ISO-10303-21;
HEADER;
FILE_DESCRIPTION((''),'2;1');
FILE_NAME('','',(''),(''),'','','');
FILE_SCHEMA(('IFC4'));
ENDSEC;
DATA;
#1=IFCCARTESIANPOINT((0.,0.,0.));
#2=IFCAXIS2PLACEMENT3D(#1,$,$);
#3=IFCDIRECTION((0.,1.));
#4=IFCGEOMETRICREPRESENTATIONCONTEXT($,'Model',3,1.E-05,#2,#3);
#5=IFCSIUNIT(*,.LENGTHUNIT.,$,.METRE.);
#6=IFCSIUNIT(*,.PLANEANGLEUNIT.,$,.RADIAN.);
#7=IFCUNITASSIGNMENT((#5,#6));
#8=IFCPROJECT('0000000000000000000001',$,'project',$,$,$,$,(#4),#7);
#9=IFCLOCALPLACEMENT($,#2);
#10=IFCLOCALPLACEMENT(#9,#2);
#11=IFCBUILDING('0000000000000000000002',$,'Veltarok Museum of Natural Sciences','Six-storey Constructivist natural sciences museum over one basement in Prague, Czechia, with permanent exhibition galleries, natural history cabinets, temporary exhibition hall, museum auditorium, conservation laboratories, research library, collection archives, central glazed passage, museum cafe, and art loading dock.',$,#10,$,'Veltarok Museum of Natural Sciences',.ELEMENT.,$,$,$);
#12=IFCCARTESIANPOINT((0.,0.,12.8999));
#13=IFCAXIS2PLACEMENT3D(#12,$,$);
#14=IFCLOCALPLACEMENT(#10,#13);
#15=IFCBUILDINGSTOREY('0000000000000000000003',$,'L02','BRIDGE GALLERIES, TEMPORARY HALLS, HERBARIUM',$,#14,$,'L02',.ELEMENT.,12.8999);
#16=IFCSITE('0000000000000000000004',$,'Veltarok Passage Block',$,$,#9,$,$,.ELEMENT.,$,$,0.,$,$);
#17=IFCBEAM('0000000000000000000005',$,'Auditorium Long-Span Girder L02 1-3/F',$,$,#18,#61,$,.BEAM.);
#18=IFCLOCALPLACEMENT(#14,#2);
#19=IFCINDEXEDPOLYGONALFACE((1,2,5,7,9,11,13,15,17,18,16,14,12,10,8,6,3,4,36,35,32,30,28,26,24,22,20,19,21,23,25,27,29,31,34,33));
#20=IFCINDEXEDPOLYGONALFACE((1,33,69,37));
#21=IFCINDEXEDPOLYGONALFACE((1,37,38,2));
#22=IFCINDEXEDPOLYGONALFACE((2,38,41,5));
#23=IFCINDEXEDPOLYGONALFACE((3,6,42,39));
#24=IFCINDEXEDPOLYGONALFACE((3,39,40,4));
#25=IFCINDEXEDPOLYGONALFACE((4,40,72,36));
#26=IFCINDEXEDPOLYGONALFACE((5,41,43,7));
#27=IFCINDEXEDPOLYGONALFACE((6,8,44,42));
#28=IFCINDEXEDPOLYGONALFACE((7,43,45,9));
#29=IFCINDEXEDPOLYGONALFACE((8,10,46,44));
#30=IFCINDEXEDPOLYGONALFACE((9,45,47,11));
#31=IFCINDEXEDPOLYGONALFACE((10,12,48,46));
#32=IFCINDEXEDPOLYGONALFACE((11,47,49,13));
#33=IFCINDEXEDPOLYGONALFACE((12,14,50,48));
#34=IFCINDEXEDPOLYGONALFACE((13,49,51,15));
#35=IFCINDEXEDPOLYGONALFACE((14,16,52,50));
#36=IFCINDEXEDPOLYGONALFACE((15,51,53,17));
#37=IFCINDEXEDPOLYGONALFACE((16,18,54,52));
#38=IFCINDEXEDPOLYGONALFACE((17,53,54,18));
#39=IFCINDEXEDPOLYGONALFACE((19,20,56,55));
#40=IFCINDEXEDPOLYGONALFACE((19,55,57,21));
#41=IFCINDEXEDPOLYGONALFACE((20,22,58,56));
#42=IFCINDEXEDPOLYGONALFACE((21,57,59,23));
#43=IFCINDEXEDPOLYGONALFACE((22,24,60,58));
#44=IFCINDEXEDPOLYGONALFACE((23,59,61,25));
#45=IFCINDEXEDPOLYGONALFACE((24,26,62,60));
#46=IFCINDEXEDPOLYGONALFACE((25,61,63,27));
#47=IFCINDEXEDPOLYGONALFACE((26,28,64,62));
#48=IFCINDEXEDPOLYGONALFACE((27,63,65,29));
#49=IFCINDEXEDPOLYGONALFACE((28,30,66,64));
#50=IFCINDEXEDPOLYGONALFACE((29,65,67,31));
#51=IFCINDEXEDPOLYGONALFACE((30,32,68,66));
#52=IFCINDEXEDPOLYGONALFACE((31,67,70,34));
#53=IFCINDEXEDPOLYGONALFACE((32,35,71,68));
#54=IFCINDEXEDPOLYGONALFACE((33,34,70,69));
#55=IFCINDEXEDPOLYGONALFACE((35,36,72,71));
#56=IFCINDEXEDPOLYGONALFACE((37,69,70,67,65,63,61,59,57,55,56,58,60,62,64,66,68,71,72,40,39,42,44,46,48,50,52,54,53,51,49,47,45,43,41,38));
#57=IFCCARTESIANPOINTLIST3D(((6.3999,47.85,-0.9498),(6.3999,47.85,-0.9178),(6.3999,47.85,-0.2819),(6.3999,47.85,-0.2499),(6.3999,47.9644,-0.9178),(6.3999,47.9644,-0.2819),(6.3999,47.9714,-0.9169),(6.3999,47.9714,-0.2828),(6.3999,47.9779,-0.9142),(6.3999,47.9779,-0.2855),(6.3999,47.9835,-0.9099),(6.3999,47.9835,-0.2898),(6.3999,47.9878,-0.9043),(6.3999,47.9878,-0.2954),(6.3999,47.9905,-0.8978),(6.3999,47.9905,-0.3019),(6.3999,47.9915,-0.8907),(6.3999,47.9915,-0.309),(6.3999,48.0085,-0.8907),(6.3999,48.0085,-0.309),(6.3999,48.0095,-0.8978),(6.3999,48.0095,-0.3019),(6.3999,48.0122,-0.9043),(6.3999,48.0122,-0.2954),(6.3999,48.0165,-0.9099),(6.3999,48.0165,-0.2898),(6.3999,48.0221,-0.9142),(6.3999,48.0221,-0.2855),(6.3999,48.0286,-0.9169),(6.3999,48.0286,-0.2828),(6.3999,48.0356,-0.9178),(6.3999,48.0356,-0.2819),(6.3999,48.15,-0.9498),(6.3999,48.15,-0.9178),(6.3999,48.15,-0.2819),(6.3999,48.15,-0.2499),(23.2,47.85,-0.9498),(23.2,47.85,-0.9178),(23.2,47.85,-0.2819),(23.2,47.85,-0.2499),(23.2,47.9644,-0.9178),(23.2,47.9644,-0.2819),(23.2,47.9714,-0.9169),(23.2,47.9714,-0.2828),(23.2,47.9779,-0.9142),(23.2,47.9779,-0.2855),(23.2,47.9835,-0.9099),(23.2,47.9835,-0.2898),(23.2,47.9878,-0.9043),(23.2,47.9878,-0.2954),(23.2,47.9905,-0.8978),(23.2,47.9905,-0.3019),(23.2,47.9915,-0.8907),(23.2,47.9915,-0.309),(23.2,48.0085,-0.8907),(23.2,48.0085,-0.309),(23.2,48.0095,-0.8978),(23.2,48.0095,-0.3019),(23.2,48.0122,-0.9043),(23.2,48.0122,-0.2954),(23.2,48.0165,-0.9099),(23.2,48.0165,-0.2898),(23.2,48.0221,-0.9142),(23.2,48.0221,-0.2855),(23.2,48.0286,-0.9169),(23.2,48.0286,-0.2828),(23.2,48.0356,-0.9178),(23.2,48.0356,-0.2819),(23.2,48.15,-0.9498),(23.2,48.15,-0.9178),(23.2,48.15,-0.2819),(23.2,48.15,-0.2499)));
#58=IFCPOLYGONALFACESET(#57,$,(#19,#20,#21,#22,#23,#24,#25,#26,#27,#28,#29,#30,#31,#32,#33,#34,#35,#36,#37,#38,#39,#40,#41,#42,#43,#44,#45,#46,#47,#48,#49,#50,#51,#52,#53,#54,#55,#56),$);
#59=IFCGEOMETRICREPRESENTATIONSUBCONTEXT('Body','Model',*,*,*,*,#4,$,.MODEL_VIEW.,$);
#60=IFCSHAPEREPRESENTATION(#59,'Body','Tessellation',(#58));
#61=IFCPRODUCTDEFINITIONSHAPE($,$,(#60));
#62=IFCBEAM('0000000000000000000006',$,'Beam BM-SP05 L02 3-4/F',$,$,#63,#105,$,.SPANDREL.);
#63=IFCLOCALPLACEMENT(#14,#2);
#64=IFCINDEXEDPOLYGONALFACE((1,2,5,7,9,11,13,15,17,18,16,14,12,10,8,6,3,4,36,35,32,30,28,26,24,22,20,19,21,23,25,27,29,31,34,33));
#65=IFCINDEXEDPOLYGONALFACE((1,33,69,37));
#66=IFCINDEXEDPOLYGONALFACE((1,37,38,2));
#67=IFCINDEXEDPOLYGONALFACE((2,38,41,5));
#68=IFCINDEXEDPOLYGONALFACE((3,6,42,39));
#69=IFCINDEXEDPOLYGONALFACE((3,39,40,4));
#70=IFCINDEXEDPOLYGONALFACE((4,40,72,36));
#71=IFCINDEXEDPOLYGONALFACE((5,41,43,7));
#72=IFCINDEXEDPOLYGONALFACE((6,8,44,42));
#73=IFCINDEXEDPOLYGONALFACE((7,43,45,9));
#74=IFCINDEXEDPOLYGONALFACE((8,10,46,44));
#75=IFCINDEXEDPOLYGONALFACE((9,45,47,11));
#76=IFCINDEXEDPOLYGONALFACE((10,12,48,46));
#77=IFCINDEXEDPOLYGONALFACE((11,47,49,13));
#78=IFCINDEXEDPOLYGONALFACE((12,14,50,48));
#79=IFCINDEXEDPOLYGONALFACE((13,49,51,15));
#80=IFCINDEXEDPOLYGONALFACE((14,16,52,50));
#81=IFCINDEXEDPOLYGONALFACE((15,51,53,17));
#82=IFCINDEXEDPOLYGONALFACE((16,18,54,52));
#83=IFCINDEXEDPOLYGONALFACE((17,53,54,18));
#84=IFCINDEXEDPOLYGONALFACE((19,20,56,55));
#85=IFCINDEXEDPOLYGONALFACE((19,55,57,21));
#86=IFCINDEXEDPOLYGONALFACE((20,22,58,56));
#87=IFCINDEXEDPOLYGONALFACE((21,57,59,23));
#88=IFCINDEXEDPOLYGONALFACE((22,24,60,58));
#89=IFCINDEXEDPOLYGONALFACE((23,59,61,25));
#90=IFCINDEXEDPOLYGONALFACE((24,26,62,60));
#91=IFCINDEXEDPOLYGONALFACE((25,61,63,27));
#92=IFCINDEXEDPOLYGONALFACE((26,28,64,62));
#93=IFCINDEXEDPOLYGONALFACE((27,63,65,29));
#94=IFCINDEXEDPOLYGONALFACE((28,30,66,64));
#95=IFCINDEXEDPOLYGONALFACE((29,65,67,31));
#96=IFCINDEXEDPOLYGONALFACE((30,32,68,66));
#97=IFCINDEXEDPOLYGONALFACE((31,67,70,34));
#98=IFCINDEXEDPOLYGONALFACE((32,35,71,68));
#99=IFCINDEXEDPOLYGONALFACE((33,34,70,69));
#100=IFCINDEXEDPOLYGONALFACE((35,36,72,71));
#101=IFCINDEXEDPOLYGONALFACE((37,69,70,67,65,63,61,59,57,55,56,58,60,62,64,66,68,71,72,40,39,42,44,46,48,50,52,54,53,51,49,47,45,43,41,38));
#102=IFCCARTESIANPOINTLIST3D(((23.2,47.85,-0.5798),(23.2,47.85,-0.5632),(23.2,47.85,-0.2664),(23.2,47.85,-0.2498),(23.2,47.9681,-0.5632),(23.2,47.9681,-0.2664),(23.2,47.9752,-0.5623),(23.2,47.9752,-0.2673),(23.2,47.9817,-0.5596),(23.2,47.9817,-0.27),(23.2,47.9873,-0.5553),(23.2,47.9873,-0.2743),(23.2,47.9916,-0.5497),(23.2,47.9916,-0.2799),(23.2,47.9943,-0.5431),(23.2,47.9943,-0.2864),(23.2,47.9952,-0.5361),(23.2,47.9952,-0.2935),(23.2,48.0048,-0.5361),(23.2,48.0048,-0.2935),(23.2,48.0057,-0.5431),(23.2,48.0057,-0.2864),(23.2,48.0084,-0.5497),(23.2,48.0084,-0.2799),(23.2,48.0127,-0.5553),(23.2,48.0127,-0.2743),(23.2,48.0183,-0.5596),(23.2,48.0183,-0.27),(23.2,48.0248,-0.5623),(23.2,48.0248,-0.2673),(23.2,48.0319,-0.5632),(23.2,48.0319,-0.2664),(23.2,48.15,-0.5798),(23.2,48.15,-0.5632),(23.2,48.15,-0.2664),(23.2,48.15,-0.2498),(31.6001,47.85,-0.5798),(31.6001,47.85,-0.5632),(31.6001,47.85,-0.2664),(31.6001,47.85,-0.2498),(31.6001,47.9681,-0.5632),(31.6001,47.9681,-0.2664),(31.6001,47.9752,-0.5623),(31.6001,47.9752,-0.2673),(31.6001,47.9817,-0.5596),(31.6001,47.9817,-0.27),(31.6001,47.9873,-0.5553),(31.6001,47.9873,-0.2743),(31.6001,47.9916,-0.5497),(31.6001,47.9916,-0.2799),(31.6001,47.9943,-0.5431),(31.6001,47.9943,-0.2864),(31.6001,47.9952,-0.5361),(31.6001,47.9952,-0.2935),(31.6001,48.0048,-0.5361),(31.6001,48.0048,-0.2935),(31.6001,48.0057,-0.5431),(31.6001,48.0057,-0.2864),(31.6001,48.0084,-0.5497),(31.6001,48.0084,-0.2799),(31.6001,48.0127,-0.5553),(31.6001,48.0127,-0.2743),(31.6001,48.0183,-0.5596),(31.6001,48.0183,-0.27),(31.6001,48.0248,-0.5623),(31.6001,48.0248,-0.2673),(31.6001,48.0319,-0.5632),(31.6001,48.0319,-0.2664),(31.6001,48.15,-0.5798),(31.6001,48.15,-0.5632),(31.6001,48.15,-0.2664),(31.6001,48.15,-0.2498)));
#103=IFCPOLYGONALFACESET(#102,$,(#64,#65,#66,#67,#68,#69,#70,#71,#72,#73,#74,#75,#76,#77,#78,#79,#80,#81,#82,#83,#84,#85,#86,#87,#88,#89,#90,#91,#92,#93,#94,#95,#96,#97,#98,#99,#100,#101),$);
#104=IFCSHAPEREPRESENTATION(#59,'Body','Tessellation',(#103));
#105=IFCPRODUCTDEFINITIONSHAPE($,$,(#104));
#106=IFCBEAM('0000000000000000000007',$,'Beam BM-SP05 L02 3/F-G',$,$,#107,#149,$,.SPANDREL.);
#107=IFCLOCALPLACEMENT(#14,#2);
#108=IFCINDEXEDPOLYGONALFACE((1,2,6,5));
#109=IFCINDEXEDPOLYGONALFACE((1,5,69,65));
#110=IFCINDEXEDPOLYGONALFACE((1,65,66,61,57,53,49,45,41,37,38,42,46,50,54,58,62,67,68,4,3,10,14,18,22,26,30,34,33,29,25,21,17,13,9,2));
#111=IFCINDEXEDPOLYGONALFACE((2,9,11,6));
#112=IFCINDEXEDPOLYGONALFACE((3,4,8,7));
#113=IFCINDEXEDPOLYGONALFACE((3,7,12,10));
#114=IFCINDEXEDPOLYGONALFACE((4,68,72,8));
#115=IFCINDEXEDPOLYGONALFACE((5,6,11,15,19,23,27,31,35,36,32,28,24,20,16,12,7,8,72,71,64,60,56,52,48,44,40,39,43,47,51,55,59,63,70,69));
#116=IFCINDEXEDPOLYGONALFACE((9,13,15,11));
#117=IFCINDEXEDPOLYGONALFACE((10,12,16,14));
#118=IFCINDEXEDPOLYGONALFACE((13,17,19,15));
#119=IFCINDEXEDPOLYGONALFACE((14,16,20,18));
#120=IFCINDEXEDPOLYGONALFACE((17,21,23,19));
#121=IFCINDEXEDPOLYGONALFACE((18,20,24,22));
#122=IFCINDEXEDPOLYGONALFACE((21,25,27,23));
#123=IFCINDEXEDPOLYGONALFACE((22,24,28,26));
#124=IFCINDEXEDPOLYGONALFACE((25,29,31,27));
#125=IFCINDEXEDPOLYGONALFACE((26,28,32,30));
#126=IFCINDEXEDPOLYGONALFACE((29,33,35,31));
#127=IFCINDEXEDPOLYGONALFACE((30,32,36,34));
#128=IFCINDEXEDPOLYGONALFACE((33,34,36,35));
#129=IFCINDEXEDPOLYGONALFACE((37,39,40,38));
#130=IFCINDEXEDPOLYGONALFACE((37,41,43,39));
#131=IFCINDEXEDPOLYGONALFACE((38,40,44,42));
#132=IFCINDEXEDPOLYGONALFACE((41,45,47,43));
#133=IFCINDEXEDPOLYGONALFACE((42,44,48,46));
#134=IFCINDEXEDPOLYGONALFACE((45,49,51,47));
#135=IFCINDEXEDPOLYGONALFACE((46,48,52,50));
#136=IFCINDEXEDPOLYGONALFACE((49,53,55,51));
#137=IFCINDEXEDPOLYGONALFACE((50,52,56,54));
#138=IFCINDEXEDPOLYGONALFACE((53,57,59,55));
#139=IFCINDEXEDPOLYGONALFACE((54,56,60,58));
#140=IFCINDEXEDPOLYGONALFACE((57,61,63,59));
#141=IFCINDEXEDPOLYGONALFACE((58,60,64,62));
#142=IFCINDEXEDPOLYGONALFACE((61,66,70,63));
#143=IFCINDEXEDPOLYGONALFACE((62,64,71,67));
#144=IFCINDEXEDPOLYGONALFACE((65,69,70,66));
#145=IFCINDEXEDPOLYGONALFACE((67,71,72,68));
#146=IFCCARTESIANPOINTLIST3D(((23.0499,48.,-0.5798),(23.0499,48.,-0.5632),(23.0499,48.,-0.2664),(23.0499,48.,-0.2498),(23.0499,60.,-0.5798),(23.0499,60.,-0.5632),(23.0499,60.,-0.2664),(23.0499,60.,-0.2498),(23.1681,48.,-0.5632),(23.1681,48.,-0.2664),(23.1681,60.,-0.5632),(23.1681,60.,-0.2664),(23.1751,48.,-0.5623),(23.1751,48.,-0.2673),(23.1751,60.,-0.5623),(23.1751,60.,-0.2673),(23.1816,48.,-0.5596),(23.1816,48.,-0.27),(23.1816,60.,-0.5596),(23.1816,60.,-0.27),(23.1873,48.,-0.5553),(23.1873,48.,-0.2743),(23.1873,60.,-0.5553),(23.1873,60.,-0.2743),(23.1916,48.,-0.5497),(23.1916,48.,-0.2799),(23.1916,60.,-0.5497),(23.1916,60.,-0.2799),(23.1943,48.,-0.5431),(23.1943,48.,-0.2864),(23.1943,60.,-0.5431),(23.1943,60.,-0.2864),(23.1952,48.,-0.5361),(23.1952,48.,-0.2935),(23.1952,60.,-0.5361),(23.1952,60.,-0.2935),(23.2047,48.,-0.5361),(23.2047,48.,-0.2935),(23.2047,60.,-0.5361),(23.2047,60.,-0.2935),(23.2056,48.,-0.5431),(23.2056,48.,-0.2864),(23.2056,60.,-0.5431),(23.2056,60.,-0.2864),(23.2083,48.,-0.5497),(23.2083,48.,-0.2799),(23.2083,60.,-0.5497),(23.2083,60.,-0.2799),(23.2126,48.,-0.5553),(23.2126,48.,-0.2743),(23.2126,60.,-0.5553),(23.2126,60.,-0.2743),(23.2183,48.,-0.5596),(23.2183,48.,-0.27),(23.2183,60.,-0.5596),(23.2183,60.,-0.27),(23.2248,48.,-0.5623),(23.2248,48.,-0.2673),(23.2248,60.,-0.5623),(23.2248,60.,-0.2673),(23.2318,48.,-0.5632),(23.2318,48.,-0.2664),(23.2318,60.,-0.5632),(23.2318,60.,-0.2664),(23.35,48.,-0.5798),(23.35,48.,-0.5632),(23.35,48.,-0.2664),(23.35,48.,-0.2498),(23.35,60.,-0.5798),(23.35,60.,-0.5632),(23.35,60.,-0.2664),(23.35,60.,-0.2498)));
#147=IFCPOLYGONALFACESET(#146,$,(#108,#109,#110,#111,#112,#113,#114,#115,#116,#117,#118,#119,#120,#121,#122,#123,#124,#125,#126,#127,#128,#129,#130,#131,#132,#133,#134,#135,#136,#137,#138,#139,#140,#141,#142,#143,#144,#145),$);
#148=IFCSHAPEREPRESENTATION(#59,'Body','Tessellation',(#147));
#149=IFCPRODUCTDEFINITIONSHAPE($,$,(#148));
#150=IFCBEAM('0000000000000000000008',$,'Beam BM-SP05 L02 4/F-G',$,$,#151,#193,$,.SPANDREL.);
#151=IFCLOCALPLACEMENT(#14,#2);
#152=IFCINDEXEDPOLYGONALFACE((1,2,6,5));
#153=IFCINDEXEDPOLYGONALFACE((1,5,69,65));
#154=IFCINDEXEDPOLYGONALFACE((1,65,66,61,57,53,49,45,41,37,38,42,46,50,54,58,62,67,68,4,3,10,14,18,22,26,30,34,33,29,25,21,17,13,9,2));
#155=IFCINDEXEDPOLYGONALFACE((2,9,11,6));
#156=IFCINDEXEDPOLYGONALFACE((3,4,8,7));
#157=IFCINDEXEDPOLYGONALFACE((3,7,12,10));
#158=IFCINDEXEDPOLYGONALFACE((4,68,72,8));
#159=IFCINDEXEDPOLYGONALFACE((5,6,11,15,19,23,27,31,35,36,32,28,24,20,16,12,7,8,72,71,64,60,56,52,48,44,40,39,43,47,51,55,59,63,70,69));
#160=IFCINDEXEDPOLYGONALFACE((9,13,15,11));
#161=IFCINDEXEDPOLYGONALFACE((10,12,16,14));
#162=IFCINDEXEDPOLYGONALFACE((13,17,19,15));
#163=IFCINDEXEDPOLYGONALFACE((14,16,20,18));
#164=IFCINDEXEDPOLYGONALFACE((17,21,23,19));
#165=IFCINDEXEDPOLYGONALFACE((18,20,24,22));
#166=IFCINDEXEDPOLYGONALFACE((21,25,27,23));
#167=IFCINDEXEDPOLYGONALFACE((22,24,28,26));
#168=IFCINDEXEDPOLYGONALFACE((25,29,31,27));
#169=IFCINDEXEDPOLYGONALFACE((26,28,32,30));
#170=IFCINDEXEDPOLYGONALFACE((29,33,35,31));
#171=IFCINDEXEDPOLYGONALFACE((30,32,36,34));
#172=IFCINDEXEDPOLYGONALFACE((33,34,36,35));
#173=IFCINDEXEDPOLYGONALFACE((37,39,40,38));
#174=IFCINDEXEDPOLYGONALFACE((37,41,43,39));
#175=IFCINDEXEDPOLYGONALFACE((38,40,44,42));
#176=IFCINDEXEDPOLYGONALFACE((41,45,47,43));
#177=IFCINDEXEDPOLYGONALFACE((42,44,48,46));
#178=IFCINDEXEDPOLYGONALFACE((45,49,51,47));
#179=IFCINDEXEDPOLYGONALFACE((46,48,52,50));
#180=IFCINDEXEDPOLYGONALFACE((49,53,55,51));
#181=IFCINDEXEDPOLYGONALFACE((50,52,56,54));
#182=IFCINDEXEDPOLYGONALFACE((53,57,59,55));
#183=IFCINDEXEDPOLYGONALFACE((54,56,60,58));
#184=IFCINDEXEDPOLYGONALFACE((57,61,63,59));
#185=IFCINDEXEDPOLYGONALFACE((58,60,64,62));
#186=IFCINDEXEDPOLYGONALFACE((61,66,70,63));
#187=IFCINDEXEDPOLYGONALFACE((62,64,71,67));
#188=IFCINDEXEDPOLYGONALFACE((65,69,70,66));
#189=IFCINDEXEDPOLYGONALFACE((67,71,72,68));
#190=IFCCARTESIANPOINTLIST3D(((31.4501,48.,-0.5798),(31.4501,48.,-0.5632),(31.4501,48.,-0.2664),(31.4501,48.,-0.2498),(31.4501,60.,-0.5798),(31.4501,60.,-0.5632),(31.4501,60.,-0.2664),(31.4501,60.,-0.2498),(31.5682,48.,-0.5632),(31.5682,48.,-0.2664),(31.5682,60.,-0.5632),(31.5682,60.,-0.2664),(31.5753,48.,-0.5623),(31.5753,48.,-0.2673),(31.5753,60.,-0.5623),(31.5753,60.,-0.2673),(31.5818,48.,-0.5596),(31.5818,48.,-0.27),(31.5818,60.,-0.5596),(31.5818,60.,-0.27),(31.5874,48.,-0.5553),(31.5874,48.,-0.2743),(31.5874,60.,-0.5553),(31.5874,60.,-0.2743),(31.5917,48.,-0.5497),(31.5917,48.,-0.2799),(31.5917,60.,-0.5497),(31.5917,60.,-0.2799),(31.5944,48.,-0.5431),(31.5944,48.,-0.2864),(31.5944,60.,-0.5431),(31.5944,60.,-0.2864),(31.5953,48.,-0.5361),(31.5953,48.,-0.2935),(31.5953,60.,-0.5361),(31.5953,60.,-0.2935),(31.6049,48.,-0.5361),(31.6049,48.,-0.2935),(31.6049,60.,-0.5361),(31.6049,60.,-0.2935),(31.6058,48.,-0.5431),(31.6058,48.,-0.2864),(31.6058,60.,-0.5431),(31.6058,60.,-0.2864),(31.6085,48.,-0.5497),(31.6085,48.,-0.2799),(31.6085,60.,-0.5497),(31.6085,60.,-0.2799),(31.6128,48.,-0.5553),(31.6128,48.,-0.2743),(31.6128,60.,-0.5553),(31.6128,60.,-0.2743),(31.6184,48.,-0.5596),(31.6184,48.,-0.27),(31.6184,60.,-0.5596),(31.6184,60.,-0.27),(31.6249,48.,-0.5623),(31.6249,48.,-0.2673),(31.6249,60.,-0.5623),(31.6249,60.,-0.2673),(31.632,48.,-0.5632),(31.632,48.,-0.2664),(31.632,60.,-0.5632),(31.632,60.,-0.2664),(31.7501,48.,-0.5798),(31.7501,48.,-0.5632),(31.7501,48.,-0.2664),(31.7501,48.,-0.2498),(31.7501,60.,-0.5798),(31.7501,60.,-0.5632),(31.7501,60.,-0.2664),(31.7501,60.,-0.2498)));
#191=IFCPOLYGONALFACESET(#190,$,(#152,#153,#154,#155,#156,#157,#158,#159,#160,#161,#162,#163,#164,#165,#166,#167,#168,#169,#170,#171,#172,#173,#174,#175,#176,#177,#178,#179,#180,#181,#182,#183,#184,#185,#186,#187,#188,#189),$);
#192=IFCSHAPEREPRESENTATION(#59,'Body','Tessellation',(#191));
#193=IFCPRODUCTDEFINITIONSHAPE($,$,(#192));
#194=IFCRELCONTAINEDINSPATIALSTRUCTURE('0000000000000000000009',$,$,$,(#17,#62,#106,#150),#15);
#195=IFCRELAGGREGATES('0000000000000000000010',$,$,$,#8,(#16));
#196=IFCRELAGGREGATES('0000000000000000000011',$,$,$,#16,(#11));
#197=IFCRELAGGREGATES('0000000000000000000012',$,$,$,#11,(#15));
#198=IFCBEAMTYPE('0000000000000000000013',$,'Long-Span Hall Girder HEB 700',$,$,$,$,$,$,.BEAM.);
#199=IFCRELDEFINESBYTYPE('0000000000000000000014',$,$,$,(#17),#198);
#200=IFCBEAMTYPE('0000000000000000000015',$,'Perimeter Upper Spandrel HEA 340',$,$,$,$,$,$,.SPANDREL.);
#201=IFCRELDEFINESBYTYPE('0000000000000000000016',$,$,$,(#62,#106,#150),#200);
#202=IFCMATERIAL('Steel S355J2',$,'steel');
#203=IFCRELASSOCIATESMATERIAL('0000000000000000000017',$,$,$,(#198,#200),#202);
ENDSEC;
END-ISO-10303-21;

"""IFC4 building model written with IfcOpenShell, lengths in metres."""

from ifc_helpers import new_model, si_unit, direction, frame, origin, origin_2d, place, context, subcontext, project, spatial, i_section, extrude, material, material_profile, profile_set, type_object, element, save


model = new_model("IFC4")

# Units and contexts
model_context = context("Model", 3, precision=1e-05, world=origin(), true_north=direction((0.0, 1.0)))
body_context = subcontext(model_context, "Body", "Model", "MODEL_VIEW")
ifc_project = project(units=[si_unit("LENGTHUNIT", "METRE"), si_unit("PLANEANGLEUNIT", "RADIAN")], contexts=[model_context])

# Site, building, storey
site_placement = place(None, origin())
site = spatial("IfcSite", under=ifc_project, at=site_placement, Name="Veltarok Passage Block", CompositionType="ELEMENT", RefElevation=0.0)
building_placement = place(site_placement, origin())
building = spatial("IfcBuilding", under=site, at=building_placement, Name="Veltarok Museum of Natural Sciences", Description="Six-storey Constructivist natural sciences museum over one basement in Prague, Czechia, with permanent exhibition galleries, natural history cabinets, temporary exhibition hall, museum auditorium, conservation laboratories, research library, collection archives, central glazed passage, museum cafe, and art loading dock.", LongName="Veltarok Museum of Natural Sciences", CompositionType="ELEMENT")
storey_placement = place(building_placement, frame((0.0, 0.0, 12.8999)))
storey = spatial("IfcBuildingStorey", under=building, at=storey_placement, Name="L02", Description="BRIDGE GALLERIES, TEMPORARY HALLS, HERBARIUM", LongName="L02", CompositionType="ELEMENT", Elevation=12.8999)

# Shared definitions
ifc_material_1 = material(Name="Steel S355J2", Category="steel")

# Beams
ifc_material_profile_1 = material_profile(ifc_material_1, i_section(OverallWidth=0.3, OverallDepth=0.7, WebThickness=0.0171, FlangeThickness=0.032, FilletRadius=0.0271, at=origin_2d()), Name="HEB 700")
ifc_profile_set_1 = profile_set([ifc_material_profile_1], Name="Steel S355J2")
beam_type_1 = type_object("IfcBeamType", Name="Long-Span Hall Girder HEB 700", PredefinedType="BEAM", material=ifc_profile_set_1)
beam_1_placement = place(storey_placement, frame((6.3999, 48.0, -0.5999), z_axis=(1.0, 0.0, 0.0), x_axis=(0.0, 1.0, 0.0)))
element("IfcBeam", 1, at=beam_1_placement, inside=storey, type_object=beam_type_1, Name="Auditorium Long-Span Girder L02 1-3/F", PredefinedType="BEAM", context=body_context, shape_type="SweptSolid", body=[
    extrude(i_section(OverallWidth=0.3, OverallDepth=0.7, WebThickness=0.0171, FlangeThickness=0.032, FilletRadius=0.0271, at=origin_2d()), origin(), (0.0, 0.0, 1.0), 16.8),
])
ifc_material_profile_2 = material_profile(ifc_material_1, i_section(OverallWidth=0.3, OverallDepth=0.3301, WebThickness=0.0095, FlangeThickness=0.0166, FilletRadius=0.0271, at=origin_2d()), Name="HEA 340")
ifc_profile_set_2 = profile_set([ifc_material_profile_2], Name="Steel S355J2")
beam_type_2 = type_object("IfcBeamType", Name="Perimeter Upper Spandrel HEA 340", PredefinedType="SPANDREL", material=ifc_profile_set_2)
beam_2_placement = place(storey_placement, frame((23.2, 48.0, -0.4148), z_axis=(1.0, 0.0, 0.0), x_axis=(0.0, 1.0, 0.0)))
element("IfcBeam", 2, at=beam_2_placement, inside=storey, type_object=beam_type_2, Name="Beam BM-SP05 L02 3-4/F", PredefinedType="SPANDREL", context=body_context, shape_type="SweptSolid", body=[
    extrude(i_section(OverallWidth=0.3, OverallDepth=0.3301, WebThickness=0.0095, FlangeThickness=0.0166, FilletRadius=0.0271, at=origin_2d()), origin(), (0.0, 0.0, 1.0), 8.4001),
])
for number, where, z_axis, x_axis, name in (
    (3, (23.2, 48.0, -0.4148), (0.0, 1.0, 0.0), (-1.0, 0.0, 0.0), "Beam BM-SP05 L02 3/F-G"),
    (4, (31.6001, 48.0, -0.4148), (0.0, 1.0, 0.0), (-1.0, 0.0, 0.0), "Beam BM-SP05 L02 4/F-G"),
):
    element("IfcBeam", number, at=place(storey_placement, frame(where, z_axis=z_axis, x_axis=x_axis)), inside=storey, type_object=beam_type_2, Name=name, PredefinedType="SPANDREL", context=body_context, shape_type="SweptSolid", body=[
        extrude(i_section(OverallWidth=0.3, OverallDepth=0.3301, WebThickness=0.0095, FlangeThickness=0.0166, FilletRadius=0.0271, at=origin_2d()), origin(), (0.0, 0.0, 1.0), 12.0),
    ])

save(model, "model.ifc")
